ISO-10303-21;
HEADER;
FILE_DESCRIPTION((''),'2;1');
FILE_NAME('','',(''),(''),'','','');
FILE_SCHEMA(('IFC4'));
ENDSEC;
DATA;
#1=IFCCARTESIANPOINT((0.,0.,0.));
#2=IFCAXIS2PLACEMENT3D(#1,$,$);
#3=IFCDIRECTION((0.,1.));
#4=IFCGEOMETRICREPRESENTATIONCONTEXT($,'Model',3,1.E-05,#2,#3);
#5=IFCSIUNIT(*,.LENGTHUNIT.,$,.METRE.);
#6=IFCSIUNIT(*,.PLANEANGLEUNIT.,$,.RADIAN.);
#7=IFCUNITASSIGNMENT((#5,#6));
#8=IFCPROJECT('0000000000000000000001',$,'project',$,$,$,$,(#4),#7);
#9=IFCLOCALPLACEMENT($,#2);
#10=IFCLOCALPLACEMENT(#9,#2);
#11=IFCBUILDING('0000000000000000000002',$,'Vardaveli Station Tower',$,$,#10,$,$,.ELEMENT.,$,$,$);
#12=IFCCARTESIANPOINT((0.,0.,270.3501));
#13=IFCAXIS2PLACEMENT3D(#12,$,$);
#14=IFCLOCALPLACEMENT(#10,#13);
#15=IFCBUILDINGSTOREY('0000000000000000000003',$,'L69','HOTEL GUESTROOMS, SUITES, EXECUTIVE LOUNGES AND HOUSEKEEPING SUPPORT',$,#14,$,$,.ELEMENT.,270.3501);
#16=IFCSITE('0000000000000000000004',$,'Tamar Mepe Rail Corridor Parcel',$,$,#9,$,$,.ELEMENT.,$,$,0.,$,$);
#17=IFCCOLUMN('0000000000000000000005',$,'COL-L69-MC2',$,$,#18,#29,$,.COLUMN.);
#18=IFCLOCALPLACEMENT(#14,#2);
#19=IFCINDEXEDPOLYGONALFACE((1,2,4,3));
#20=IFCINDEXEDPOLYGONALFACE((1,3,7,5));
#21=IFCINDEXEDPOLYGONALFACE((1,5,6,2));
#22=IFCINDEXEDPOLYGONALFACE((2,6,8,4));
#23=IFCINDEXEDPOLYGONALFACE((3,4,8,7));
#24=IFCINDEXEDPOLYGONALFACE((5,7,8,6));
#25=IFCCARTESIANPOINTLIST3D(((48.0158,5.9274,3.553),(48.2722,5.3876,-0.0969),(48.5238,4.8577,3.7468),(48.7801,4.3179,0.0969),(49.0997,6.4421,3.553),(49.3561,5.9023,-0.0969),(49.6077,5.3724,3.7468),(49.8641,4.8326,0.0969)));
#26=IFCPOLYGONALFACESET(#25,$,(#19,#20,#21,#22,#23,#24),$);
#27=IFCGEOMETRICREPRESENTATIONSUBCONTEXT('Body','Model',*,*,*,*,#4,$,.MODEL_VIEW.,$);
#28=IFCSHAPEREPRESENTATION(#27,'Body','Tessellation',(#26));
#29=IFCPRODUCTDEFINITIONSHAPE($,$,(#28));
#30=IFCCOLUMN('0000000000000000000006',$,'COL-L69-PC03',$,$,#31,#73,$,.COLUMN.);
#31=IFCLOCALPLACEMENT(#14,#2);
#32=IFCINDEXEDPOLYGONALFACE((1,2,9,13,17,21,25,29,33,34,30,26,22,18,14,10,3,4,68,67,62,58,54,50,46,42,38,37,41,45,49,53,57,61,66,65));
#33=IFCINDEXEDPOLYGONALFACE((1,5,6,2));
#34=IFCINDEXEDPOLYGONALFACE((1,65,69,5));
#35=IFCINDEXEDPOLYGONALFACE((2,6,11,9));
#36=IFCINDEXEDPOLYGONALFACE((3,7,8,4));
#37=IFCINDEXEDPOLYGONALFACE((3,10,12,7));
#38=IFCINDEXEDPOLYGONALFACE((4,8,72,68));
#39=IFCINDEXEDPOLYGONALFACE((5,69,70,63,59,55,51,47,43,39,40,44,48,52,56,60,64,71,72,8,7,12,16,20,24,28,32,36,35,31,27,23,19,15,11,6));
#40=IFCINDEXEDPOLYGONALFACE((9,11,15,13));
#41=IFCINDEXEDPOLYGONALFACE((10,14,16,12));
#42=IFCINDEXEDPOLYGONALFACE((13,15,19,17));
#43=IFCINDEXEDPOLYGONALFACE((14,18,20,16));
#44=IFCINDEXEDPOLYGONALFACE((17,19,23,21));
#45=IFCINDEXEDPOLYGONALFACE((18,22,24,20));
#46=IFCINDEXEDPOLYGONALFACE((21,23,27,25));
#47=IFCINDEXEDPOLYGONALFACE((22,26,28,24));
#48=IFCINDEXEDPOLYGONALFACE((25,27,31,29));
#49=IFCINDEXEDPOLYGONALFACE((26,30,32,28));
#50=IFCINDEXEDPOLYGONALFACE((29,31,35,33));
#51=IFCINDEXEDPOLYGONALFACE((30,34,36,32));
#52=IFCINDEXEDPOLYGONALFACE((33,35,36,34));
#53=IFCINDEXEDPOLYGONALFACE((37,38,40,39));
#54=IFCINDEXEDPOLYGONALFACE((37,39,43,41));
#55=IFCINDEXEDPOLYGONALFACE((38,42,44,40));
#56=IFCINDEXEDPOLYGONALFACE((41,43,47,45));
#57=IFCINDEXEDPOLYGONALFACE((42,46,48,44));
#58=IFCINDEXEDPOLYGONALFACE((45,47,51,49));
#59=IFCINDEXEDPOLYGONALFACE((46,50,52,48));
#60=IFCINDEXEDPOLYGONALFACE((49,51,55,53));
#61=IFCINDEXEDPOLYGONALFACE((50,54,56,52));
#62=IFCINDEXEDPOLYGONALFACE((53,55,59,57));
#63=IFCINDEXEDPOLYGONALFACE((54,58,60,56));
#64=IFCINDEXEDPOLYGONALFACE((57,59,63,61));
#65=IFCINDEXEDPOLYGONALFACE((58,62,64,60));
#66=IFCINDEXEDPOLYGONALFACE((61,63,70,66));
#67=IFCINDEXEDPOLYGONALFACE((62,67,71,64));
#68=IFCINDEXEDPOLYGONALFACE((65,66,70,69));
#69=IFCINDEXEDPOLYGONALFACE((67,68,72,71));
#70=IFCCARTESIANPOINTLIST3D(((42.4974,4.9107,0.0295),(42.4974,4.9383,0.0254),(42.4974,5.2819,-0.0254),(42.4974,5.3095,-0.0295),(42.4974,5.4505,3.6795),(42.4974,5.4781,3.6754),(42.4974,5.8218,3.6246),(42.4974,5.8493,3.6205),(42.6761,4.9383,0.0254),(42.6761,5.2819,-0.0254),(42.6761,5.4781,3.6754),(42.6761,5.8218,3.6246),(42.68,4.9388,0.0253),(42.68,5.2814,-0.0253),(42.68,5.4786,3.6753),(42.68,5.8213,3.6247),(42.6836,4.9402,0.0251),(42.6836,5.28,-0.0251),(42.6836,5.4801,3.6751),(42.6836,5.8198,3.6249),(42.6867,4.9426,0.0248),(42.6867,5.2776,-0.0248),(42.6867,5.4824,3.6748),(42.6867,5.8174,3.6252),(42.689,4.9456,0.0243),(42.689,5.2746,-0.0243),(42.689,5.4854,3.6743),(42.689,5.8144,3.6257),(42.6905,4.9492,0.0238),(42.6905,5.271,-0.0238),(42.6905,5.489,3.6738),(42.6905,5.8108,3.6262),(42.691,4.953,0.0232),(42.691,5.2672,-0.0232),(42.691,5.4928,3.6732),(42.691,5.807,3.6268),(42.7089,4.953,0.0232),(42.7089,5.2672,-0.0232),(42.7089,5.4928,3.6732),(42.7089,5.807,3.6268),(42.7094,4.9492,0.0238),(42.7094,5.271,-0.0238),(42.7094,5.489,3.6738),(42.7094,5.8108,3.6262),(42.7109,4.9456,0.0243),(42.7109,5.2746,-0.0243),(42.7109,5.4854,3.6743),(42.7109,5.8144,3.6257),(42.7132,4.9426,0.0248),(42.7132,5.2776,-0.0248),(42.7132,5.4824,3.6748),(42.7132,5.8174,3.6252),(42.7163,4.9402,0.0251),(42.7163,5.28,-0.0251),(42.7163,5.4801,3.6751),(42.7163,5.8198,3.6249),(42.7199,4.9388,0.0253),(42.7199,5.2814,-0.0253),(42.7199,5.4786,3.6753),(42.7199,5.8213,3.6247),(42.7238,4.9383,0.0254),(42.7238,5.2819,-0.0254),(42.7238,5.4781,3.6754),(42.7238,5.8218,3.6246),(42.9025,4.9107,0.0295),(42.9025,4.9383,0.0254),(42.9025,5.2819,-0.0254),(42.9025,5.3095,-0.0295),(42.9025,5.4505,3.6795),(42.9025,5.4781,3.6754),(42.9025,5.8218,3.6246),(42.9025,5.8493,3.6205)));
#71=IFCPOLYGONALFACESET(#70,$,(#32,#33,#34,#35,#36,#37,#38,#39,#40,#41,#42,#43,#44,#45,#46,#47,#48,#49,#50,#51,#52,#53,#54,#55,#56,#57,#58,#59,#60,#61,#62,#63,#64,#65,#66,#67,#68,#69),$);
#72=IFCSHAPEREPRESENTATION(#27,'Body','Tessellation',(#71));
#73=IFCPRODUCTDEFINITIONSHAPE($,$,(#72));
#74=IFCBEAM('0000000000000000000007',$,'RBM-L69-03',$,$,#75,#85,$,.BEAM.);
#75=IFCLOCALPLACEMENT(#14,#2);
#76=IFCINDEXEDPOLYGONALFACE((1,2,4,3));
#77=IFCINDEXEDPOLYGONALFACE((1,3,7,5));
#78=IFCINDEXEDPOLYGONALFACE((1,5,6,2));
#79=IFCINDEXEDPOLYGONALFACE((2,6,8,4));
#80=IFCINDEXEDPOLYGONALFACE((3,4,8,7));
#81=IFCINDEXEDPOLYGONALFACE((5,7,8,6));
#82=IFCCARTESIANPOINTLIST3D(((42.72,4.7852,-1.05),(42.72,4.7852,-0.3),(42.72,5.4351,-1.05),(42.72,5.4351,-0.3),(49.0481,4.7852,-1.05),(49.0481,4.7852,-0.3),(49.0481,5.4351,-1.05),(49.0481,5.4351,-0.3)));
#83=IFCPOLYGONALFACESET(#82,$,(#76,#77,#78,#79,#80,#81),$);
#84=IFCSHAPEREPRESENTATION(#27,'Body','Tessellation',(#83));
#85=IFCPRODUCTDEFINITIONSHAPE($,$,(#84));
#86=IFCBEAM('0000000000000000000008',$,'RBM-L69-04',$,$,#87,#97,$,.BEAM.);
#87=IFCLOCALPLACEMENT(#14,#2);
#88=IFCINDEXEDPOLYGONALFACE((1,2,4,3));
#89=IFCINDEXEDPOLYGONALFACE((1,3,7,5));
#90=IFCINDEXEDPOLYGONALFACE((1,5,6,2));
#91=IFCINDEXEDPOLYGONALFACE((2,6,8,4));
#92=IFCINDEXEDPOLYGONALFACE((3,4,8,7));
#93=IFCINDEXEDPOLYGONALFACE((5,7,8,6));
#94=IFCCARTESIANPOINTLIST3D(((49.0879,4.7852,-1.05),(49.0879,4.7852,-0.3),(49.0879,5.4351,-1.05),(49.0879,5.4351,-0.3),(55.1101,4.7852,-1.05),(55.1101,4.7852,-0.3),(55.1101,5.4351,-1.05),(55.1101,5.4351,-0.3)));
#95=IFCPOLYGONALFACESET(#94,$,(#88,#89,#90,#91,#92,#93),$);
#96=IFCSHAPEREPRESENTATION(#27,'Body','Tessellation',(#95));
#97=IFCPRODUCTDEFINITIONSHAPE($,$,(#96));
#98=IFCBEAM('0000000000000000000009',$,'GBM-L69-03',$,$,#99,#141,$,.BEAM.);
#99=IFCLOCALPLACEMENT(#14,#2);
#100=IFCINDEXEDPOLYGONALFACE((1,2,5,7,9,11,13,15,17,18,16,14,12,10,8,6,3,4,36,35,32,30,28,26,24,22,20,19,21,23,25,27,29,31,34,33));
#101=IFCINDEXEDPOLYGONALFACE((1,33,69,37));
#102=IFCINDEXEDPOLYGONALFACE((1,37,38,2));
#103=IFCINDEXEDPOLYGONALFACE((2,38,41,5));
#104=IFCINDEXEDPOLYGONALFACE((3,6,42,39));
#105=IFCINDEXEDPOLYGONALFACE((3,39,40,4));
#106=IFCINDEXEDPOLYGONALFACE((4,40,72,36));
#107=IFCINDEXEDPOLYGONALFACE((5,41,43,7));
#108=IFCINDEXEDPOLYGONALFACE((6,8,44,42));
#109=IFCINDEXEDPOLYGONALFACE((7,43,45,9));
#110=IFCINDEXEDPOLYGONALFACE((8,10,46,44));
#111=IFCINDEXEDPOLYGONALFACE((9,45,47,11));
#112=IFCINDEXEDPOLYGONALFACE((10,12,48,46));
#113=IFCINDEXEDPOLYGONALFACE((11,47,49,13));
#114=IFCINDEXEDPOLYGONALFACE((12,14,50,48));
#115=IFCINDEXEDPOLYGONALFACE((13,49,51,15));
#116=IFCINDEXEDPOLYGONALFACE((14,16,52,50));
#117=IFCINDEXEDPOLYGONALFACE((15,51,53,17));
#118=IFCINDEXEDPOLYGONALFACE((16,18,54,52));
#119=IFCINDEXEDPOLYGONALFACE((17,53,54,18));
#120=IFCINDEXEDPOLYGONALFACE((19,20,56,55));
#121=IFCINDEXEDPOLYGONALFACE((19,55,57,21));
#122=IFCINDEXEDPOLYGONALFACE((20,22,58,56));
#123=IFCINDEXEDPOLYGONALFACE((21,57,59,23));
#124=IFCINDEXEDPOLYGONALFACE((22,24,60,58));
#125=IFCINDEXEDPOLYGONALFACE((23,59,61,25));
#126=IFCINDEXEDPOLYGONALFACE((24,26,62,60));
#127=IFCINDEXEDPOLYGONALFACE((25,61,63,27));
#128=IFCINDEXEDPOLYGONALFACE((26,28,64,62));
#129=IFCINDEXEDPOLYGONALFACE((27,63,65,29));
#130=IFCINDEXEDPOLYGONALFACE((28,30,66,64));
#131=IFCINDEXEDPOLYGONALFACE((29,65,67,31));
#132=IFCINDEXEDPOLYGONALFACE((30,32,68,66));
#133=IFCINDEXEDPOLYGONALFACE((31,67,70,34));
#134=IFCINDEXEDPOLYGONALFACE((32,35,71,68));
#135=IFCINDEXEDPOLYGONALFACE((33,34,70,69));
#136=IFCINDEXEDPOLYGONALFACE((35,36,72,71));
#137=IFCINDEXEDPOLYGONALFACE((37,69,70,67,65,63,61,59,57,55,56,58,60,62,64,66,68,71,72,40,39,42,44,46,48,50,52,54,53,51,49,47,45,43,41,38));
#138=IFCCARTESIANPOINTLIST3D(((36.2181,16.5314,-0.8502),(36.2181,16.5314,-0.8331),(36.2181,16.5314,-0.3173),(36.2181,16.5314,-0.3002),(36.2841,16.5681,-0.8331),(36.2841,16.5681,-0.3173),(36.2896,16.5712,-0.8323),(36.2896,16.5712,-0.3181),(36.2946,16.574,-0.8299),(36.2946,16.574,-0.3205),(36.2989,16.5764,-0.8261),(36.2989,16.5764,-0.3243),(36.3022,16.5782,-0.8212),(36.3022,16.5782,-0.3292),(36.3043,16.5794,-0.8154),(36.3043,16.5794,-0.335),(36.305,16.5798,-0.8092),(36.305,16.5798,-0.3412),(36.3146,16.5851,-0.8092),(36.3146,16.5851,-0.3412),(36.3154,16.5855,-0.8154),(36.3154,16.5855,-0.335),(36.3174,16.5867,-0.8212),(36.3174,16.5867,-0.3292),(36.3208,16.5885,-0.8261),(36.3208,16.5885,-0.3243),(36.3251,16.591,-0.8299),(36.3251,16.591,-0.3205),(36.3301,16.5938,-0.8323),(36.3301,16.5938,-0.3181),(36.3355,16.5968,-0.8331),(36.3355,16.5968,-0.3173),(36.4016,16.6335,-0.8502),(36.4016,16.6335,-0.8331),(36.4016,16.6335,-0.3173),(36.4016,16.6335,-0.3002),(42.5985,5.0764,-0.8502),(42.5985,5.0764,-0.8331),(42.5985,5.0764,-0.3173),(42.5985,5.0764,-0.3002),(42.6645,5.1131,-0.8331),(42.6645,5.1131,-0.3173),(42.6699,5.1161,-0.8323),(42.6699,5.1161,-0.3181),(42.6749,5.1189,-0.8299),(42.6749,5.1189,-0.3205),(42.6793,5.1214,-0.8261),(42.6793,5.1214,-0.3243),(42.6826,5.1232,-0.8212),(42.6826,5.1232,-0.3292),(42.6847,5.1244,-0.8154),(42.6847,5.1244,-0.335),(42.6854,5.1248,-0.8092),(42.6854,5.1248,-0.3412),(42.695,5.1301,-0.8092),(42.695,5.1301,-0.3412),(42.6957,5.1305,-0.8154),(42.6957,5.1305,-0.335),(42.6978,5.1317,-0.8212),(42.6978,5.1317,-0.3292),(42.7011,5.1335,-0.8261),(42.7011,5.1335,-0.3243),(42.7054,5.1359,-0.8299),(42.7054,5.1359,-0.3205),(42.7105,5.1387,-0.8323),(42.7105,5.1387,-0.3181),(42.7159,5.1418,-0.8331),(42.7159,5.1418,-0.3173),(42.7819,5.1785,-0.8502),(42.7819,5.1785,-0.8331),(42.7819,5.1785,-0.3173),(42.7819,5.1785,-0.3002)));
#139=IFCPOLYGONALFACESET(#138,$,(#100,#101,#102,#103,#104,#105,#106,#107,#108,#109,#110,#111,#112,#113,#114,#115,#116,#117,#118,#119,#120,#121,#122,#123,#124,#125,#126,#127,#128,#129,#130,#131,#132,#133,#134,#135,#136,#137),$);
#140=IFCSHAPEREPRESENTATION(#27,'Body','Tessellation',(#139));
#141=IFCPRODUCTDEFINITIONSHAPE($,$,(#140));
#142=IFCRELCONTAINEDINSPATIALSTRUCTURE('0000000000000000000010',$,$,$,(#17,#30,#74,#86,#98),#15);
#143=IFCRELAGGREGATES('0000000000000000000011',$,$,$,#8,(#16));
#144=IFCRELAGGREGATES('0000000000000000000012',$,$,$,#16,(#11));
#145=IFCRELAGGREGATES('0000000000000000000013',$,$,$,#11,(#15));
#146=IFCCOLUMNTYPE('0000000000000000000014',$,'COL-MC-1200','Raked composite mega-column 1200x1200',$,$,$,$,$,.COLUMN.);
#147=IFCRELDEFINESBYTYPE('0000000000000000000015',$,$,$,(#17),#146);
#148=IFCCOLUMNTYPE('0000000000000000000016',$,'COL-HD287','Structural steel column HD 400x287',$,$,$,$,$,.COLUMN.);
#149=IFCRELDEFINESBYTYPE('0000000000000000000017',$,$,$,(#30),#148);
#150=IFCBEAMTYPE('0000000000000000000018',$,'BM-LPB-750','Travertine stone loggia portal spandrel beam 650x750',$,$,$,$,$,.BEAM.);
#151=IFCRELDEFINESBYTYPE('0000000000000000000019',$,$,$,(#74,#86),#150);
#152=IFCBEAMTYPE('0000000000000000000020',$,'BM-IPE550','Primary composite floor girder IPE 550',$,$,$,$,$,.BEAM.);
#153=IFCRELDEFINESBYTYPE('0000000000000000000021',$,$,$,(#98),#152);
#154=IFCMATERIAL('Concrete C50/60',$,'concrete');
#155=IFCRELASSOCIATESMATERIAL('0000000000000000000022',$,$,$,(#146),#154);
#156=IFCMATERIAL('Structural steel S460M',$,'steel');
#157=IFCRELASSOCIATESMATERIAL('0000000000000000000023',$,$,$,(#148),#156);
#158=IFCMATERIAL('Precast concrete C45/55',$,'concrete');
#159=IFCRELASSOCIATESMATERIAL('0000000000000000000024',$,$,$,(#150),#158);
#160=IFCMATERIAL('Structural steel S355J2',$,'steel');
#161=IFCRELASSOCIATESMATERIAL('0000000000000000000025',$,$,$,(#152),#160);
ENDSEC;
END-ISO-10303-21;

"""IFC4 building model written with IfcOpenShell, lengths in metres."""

from ifc_helpers import new_model, si_unit, direction, frame, origin, origin_2d, place, context, subcontext, project, spatial, rectangle, i_section, extrude, source, transform, mapped, material, material_profile, profile_set, type_object, element, save


model = new_model("IFC4")

# Units and contexts
model_context = context("Model", 3, precision=1e-05, world=origin(), true_north=direction((0.0, 1.0)))
body_context = subcontext(model_context, "Body", "Model", "MODEL_VIEW")
ifc_project = project(units=[si_unit("LENGTHUNIT", "METRE"), si_unit("PLANEANGLEUNIT", "RADIAN")], contexts=[model_context])

# Site, building, storey
site_placement = place(None, origin())
site = spatial("IfcSite", under=ifc_project, at=site_placement, Name="Tamar Mepe Rail Corridor Parcel", CompositionType="ELEMENT", RefElevation=0.0)
building_placement = place(site_placement, origin())
building = spatial("IfcBuilding", under=site, at=building_placement, Name="Vardaveli Station Tower", CompositionType="ELEMENT")
storey_placement = place(building_placement, frame((0.0, 0.0, 270.3501)))
storey = spatial("IfcBuildingStorey", under=building, at=storey_placement, Name="L69", Description="HOTEL GUESTROOMS, SUITES, EXECUTIVE LOUNGES AND HOUSEKEEPING SUPPORT", CompositionType="ELEMENT", Elevation=270.3501)

# Columns
ifc_material_1 = material(Name="Concrete C50/60", Category="concrete")
ifc_material_profile_1 = material_profile(ifc_material_1, rectangle(XDim=1.2, YDim=1.2, at=origin_2d()), Name="MC 1200x1200")
ifc_profile_set_1 = profile_set([ifc_material_profile_1], Name="Concrete C50/60")
column_type_1 = type_object("IfcColumnType", Name="COL-MC-1200", Description="Raked composite mega-column 1200x1200", PredefinedType="COLUMN", material=ifc_profile_set_1)
shared_shape_1 = source(origin(), body_context, "Body", "SweptSolid", [
    extrude(rectangle(XDim=1.2, YDim=1.2, at=origin_2d()), origin(), (0.0, 0.0, 1.0), 3.6985),
])
column_1_placement = place(storey_placement, frame((49.0681, 5.1101, 0.0), z_axis=(-0.069311, 0.14595, 0.986861), x_axis=(-0.903313, -0.428982, 0.0)))
element("IfcColumn", 1, at=column_1_placement, inside=storey, type_object=column_type_1, Name="COL-L69-MC2", PredefinedType="COLUMN", context=body_context, shape_type="MappedRepresentation", body=[
    mapped(shared_shape_1, transform((0.0, 0.0, 0.0), scale=1.0)),
])
ifc_material_2 = material(Name="Structural steel S460M", Category="steel")
ifc_material_profile_2 = material_profile(ifc_material_2, i_section(OverallWidth=0.405, OverallDepth=0.4031, WebThickness=0.0178, FlangeThickness=0.0278, FilletRadius=0.0149, at=origin_2d()), Name="HD 400x287")
ifc_profile_set_2 = profile_set([ifc_material_profile_2], Name="Structural steel S460M")
column_type_2 = type_object("IfcColumnType", Name="COL-HD287", Description="Structural steel column HD 400x287", PredefinedType="COLUMN", material=ifc_profile_set_2)
shared_shape_2 = source(origin(), body_context, "Body", "SweptSolid", [
    extrude(i_section(OverallWidth=0.405, OverallDepth=0.4031, WebThickness=0.0178, FlangeThickness=0.0278, FilletRadius=0.0149, at=origin_2d()), origin(), (0.0, 0.0, 1.0), 3.6897),
])
column_2_placement = place(storey_placement, frame((42.7, 5.1101, 0.0), z_axis=(0.0, 0.146302, 0.98924), x_axis=(-1.0, 0.0, 0.0)))
element("IfcColumn", 2, at=column_2_placement, inside=storey, type_object=column_type_2, Name="COL-L69-PC03", PredefinedType="COLUMN", context=body_context, shape_type="MappedRepresentation", body=[
    mapped(shared_shape_2, transform((0.0, 0.0, 0.0), scale=1.0)),
])

# Beams
ifc_material_3 = material(Name="Precast concrete C45/55", Category="concrete")
ifc_material_profile_3 = material_profile(ifc_material_3, rectangle(XDim=0.6499, YDim=0.75, at=origin_2d()), Name="LPB 650x750")
ifc_profile_set_3 = profile_set([ifc_material_profile_3], Name="Precast concrete C45/55")
beam_type_1 = type_object("IfcBeamType", Name="BM-LPB-750", Description="Travertine stone loggia portal spandrel beam 650x750", PredefinedType="BEAM", material=ifc_profile_set_3)
shared_shape_3 = source(origin(), body_context, "Body", "SweptSolid", [
    extrude(rectangle(XDim=0.6499, YDim=0.75, at=origin_2d()), origin(), (0.0, 0.0, 1.0), 6.3281),
])
beam_1_placement = place(storey_placement, frame((42.72, 5.1101, -0.675), z_axis=(1.0, 0.0, 0.0), x_axis=(0.0, 1.0, 0.0)))
element("IfcBeam", 3, at=beam_1_placement, inside=storey, type_object=beam_type_1, Name="RBM-L69-03", PredefinedType="BEAM", context=body_context, shape_type="MappedRepresentation", body=[
    mapped(shared_shape_3, transform((0.0, 0.0, 0.0), scale=1.0)),
])
shared_shape_4 = source(origin(), body_context, "Body", "SweptSolid", [
    extrude(rectangle(XDim=0.6499, YDim=0.75, at=origin_2d()), origin(), (0.0, 0.0, 1.0), 6.0222),
])
beam_2_placement = place(storey_placement, frame((49.0879, 5.1101, -0.675), z_axis=(1.0, 0.0, 0.0), x_axis=(0.0, 1.0, 0.0)))
element("IfcBeam", 4, at=beam_2_placement, inside=storey, type_object=beam_type_1, Name="RBM-L69-04", PredefinedType="BEAM", context=body_context, shape_type="MappedRepresentation", body=[
    mapped(shared_shape_4, transform((0.0, 0.0, 0.0), scale=1.0)),
])
ifc_material_4 = material(Name="Structural steel S355J2", Category="steel")
ifc_material_profile_4 = material_profile(ifc_material_4, i_section(OverallWidth=0.21, OverallDepth=0.55, WebThickness=0.011, FlangeThickness=0.0171, FilletRadius=0.0239, at=origin_2d()), Name="IPE 550")
ifc_profile_set_4 = profile_set([ifc_material_profile_4], Name="Structural steel S355J2")
beam_type_2 = type_object("IfcBeamType", Name="BM-IPE550", Description="Primary composite floor girder IPE 550", PredefinedType="BEAM", material=ifc_profile_set_4)
shared_shape_5 = source(origin(), body_context, "Body", "SweptSolid", [
    extrude(i_section(OverallWidth=0.21, OverallDepth=0.55, WebThickness=0.011, FlangeThickness=0.0171, FilletRadius=0.0239, at=origin_2d()), origin(), (0.0, 0.0, 1.0), 13.1121),
])
beam_3_placement = place(storey_placement, frame((42.6902, 5.1274, -0.5752), z_axis=(-0.486601, 0.873625, 0.0), x_axis=(-0.873625, -0.486601, 0.0)))
element("IfcBeam", 5, at=beam_3_placement, inside=storey, type_object=beam_type_2, Name="GBM-L69-03", PredefinedType="BEAM", context=body_context, shape_type="MappedRepresentation", body=[
    mapped(shared_shape_5, transform((0.0, 0.0, 0.0), scale=1.0)),
])

save(model, "model.ifc")
